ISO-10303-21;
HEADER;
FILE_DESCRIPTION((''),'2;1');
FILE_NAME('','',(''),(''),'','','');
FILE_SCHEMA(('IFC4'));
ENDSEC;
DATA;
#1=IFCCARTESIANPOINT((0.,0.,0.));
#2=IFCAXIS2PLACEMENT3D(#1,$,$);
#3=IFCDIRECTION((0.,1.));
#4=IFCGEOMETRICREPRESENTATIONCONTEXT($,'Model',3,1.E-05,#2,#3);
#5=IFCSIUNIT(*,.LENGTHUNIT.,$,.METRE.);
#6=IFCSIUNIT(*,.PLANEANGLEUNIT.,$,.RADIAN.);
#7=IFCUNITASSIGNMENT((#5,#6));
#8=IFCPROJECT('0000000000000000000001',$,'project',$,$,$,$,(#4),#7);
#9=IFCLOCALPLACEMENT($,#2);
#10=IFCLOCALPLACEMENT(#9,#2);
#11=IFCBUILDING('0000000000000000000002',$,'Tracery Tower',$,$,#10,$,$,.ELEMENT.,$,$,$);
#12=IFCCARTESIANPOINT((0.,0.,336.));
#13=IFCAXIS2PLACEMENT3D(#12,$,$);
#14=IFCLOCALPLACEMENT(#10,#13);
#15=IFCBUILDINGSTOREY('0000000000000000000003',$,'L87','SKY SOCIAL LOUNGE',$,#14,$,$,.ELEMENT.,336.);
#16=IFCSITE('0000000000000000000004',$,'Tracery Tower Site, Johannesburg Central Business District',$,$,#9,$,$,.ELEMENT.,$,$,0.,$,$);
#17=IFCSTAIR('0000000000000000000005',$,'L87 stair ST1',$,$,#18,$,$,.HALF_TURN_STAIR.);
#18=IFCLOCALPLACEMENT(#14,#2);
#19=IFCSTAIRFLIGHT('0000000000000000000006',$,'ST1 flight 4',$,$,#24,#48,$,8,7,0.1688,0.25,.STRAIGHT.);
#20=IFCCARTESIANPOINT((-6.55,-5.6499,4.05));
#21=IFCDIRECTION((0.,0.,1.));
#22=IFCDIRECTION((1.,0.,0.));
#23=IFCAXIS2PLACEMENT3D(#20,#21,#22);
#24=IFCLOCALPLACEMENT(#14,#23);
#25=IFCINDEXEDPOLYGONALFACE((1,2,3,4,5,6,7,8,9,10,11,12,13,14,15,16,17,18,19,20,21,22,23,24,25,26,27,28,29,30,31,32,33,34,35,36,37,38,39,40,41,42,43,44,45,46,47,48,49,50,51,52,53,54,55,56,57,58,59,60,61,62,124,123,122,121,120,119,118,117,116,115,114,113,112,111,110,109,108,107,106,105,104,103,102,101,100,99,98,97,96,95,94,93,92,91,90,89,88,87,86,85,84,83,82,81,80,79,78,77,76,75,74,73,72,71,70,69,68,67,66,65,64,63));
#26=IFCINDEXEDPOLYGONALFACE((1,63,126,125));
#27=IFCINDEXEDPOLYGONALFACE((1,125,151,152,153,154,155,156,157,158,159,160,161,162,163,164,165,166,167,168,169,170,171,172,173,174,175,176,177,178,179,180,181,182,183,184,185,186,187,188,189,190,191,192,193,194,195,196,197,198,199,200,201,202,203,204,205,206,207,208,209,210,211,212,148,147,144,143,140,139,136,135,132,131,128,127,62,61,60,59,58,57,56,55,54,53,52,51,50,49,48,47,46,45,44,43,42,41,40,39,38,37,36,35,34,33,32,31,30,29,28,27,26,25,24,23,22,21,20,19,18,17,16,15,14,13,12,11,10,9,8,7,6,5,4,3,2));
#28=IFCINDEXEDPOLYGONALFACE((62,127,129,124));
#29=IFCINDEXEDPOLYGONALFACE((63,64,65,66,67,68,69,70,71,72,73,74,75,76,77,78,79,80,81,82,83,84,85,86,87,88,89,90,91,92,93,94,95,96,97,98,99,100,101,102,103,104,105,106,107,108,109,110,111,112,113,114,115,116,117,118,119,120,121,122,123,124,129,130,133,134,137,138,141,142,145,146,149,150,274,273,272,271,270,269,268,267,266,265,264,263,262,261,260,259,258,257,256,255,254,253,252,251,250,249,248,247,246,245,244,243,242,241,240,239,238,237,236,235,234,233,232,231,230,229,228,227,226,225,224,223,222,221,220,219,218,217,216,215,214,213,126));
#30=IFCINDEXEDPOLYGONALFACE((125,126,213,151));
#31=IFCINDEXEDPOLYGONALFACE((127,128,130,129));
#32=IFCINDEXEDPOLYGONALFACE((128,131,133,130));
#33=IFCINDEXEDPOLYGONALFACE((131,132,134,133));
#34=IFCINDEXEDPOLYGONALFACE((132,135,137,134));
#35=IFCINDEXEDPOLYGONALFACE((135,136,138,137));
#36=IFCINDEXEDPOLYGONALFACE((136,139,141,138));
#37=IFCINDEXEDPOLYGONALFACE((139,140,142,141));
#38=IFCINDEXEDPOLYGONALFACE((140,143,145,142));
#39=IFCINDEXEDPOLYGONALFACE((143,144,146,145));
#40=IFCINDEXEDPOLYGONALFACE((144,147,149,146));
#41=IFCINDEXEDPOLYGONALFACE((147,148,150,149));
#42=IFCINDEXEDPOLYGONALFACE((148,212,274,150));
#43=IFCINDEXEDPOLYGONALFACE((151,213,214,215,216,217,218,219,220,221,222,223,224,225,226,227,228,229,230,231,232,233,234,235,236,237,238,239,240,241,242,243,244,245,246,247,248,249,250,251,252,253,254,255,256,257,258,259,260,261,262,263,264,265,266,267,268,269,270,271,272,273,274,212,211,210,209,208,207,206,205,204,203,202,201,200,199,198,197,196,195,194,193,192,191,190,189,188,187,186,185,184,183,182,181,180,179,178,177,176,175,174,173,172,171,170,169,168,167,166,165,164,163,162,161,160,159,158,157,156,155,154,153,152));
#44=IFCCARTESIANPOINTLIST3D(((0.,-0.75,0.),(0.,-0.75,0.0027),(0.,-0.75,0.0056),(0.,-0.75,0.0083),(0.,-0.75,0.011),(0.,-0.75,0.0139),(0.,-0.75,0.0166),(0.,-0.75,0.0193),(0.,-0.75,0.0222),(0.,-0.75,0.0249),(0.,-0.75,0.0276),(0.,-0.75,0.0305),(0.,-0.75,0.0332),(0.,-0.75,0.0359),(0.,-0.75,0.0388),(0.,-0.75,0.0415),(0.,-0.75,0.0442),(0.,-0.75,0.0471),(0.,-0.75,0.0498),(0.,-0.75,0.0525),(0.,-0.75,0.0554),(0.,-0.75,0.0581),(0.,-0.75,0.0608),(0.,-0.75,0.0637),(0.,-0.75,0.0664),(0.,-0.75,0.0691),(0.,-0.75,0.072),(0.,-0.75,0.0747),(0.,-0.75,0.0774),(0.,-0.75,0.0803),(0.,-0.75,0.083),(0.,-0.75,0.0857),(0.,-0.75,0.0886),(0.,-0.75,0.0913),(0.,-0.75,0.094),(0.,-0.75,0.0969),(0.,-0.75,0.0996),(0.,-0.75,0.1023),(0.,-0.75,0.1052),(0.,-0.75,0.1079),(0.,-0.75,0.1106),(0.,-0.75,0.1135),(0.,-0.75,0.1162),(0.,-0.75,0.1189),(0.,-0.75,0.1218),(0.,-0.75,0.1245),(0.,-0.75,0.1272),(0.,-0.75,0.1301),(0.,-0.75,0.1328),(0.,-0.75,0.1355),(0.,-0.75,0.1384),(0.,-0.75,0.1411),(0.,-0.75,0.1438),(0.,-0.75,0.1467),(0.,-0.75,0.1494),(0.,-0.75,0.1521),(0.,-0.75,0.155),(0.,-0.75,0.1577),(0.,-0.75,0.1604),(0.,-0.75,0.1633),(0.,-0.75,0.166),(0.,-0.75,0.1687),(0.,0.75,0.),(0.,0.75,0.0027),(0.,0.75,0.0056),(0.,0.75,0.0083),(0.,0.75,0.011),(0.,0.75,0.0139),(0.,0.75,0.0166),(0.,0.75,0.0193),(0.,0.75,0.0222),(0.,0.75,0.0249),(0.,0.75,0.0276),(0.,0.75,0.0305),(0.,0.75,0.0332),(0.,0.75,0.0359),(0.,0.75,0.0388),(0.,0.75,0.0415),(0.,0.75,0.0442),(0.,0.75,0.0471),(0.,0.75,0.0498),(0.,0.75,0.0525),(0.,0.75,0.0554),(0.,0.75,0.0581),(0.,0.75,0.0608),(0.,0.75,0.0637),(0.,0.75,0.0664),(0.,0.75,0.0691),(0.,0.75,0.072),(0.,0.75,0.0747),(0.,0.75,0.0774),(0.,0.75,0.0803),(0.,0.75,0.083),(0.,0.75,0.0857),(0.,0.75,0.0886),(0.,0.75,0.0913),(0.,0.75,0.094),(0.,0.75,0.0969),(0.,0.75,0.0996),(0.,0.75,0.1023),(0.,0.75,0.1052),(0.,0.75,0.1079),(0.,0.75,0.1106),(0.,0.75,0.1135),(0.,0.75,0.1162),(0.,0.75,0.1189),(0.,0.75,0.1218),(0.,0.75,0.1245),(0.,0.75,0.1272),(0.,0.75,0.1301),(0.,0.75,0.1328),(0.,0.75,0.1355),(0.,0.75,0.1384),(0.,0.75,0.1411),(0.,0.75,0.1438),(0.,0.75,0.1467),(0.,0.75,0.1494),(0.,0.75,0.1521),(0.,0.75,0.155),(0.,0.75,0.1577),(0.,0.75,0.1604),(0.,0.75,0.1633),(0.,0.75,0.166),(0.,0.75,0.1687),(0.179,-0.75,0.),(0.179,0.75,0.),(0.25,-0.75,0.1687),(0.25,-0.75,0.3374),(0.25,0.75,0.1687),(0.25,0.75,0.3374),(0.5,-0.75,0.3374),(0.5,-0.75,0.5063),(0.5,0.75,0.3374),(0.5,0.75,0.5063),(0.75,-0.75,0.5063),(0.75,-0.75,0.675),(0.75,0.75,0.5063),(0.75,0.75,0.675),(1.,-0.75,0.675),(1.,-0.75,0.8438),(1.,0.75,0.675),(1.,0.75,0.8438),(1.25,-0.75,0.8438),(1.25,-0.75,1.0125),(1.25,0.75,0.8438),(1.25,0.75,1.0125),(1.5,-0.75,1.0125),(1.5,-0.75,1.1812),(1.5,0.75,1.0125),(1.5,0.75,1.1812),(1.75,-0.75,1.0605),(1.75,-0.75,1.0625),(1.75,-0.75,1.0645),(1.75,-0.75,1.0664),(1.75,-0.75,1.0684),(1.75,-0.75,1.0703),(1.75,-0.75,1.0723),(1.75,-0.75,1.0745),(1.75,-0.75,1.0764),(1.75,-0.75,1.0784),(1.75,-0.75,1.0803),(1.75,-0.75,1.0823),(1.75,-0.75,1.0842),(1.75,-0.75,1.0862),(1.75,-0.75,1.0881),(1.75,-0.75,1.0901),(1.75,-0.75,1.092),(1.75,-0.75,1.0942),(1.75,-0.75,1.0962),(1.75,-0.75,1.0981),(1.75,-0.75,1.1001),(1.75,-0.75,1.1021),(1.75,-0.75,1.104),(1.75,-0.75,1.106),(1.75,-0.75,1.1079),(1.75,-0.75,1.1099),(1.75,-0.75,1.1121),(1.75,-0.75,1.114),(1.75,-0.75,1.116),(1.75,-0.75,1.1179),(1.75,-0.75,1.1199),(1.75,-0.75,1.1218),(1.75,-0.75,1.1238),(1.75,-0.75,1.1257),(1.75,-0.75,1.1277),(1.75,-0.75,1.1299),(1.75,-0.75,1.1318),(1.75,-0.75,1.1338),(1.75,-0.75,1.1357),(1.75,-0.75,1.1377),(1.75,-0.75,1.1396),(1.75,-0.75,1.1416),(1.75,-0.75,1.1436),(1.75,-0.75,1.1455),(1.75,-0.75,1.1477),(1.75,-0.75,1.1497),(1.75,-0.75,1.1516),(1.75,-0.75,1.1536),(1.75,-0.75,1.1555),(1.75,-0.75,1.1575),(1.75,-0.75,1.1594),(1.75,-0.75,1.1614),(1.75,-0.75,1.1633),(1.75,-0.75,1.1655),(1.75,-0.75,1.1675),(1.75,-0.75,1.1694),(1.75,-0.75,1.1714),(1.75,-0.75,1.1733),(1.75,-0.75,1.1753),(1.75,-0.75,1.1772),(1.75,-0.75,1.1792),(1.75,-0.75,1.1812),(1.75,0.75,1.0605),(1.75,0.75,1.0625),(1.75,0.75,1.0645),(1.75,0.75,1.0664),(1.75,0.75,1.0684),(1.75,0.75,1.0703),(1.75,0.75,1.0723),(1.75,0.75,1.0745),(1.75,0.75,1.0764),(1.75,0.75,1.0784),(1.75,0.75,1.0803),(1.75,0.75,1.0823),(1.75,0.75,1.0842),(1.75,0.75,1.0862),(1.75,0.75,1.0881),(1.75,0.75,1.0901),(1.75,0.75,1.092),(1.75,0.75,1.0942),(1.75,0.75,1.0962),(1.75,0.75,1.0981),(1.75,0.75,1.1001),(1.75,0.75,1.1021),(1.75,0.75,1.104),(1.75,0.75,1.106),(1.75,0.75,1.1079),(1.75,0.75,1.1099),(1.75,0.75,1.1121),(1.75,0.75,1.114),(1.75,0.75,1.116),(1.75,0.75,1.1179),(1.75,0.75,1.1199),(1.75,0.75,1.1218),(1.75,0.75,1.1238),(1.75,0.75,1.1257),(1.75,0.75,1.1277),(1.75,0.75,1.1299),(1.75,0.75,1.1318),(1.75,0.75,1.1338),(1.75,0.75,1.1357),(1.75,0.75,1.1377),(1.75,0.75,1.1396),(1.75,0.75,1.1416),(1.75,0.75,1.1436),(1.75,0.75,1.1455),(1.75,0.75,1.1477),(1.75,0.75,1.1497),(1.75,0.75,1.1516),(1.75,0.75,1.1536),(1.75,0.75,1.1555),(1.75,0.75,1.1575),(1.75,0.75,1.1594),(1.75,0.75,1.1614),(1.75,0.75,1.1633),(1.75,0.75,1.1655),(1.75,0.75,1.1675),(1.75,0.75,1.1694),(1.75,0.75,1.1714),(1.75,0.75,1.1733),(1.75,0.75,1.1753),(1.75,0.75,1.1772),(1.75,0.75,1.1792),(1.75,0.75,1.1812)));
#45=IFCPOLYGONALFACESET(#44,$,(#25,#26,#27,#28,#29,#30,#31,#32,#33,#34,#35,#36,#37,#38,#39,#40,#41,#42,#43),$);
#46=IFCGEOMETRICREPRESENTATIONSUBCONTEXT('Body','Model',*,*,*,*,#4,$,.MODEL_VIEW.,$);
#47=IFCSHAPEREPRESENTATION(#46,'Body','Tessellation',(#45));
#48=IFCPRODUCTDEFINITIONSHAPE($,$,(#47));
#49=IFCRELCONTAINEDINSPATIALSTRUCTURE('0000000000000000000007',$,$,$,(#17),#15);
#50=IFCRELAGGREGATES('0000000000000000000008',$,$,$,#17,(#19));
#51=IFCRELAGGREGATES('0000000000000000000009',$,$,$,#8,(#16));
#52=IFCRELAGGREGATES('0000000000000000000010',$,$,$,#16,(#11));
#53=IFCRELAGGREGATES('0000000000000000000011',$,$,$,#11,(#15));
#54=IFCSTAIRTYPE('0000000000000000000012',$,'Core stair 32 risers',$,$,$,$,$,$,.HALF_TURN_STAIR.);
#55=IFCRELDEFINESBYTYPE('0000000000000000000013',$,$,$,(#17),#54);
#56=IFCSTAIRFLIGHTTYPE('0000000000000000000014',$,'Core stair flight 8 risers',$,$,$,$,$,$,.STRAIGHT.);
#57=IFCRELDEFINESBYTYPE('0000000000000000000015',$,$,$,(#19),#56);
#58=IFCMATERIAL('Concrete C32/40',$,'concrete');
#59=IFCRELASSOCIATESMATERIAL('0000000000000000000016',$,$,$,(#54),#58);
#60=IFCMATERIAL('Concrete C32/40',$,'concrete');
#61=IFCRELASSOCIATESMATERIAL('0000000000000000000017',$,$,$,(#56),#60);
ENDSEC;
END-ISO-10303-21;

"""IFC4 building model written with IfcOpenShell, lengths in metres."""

from ifc_helpers import new_model, si_unit, direction, frame, origin, place, context, subcontext, project, spatial, polyline, outline, extrude, material, type_object, element, aggregate, save


model = new_model("IFC4")

# Units and contexts
model_context = context("Model", 3, precision=1e-05, world=origin(), true_north=direction((0.0, 1.0)))
body_context = subcontext(model_context, "Body", "Model", "MODEL_VIEW")
ifc_project = project(units=[si_unit("LENGTHUNIT", "METRE"), si_unit("PLANEANGLEUNIT", "RADIAN")], contexts=[model_context])

# Site, building, storey
site_placement = place(None, origin())
site = spatial("IfcSite", under=ifc_project, at=site_placement, Name="Tracery Tower Site, Johannesburg Central Business District", CompositionType="ELEMENT", RefElevation=0.0)
building_placement = place(site_placement, origin())
building = spatial("IfcBuilding", under=site, at=building_placement, Name="Tracery Tower", CompositionType="ELEMENT")
storey_placement = place(building_placement, frame((0.0, 0.0, 336.0)))
storey = spatial("IfcBuildingStorey", under=building, at=storey_placement, Name="L87", Description="SKY SOCIAL LOUNGE", CompositionType="ELEMENT", Elevation=336.0)

# Stair, stair flight
ifc_material_1 = material(Name="Concrete C32/40", Category="concrete")
stair_type = type_object("IfcStairType", Name="Core stair 32 risers", PredefinedType="HALF_TURN_STAIR", material=ifc_material_1)
stair_placement = place(storey_placement, origin())
stair = element("IfcStair", 1, at=stair_placement, inside=storey, type_object=stair_type, Name="L87 stair ST1", PredefinedType="HALF_TURN_STAIR")
ifc_material_2 = material(Name="Concrete C32/40", Category="concrete")
stair_flight_type = type_object("IfcStairFlightType", Name="Core stair flight 8 risers", PredefinedType="STRAIGHT", material=ifc_material_2)
stair_flight_1_placement = place(storey_placement, frame((-6.55, -5.6499, 4.05), z_axis=(0.0, 0.0, 1.0), x_axis=(1.0, 0.0, 0.0)))
stair_flight_1 = element("IfcStairFlight", 2, at=stair_flight_1_placement, type_object=stair_flight_type, Name="ST1 flight 4", NumberOfRisers=8, NumberOfTreads=7, PredefinedType="STRAIGHT", RiserHeight=0.1688, TreadLength=0.25, context=body_context, shape_type="SweptSolid", body=[
    extrude(outline(polyline([(0.0, 0.0), (0.0, 0.0027), (0.0, 0.0056), (0.0, 0.0083), (0.0, 0.011), (0.0, 0.0139), (0.0, 0.0166), (0.0, 0.0193), (0.0, 0.0222), (0.0, 0.0249), (0.0, 0.0276), (0.0, 0.0305), (0.0, 0.0332), (0.0, 0.0359), (0.0, 0.0388), (0.0, 0.0415), (0.0, 0.0442), (0.0, 0.0471), (0.0, 0.0498), (0.0, 0.0525), (0.0, 0.0554), (0.0, 0.0581), (0.0, 0.0608), (0.0, 0.0637), (0.0, 0.0664), (0.0, 0.0691), (0.0, 0.072), (0.0, 0.0747), (0.0, 0.0774), (0.0, 0.0803), (0.0, 0.083), (0.0, 0.0857), (0.0, 0.0886), (0.0, 0.0913), (0.0, 0.094), (0.0, 0.0969), (0.0, 0.0996), (0.0, 0.1023), (0.0, 0.1052), (0.0, 0.1079), (0.0, 0.1106), (0.0, 0.1135), (0.0, 0.1162), (0.0, 0.1189), (0.0, 0.1218), (0.0, 0.1245), (0.0, 0.1272), (0.0, 0.1301), (0.0, 0.1328), (0.0, 0.1355), (0.0, 0.1384), (0.0, 0.1411), (0.0, 0.1438), (0.0, 0.1467), (0.0, 0.1494), (0.0, 0.1521), (0.0, 0.155), (0.0, 0.1577), (0.0, 0.1604), (0.0, 0.1633), (0.0, 0.166), (0.0, 0.1687), (0.25, 0.1687), (0.25, 0.3374), (0.5, 0.3374), (0.5, 0.5063), (0.75, 0.5063), (0.75, 0.675), (1.0, 0.675), (1.0, 0.8438), (1.25, 0.8438), (1.25, 1.0125), (1.5, 1.0125), (1.5, 1.1812), (1.75, 1.1812), (1.75, 1.1792), (1.75, 1.1772), (1.75, 1.1753), (1.75, 1.1733), (1.75, 1.1714), (1.75, 1.1694), (1.75, 1.1675), (1.75, 1.1655), (1.75, 1.1633), (1.75, 1.1614), (1.75, 1.1594), (1.75, 1.1575), (1.75, 1.1555), (1.75, 1.1536), (1.75, 1.1516), (1.75, 1.1497), (1.75, 1.1477), (1.75, 1.1455), (1.75, 1.1436), (1.75, 1.1416), (1.75, 1.1396), (1.75, 1.1377), (1.75, 1.1357), (1.75, 1.1338), (1.75, 1.1318), (1.75, 1.1299), (1.75, 1.1277), (1.75, 1.1257), (1.75, 1.1238), (1.75, 1.1218), (1.75, 1.1199), (1.75, 1.1179), (1.75, 1.116), (1.75, 1.114), (1.75, 1.1121), (1.75, 1.1099), (1.75, 1.1079), (1.75, 1.106), (1.75, 1.104), (1.75, 1.1021), (1.75, 1.1001), (1.75, 1.0981), (1.75, 1.0962), (1.75, 1.0942), (1.75, 1.092), (1.75, 1.0901), (1.75, 1.0881), (1.75, 1.0862), (1.75, 1.0842), (1.75, 1.0823), (1.75, 1.0803), (1.75, 1.0784), (1.75, 1.0764), (1.75, 1.0745), (1.75, 1.0723), (1.75, 1.0703), (1.75, 1.0684), (1.75, 1.0664), (1.75, 1.0645), (1.75, 1.0625), (1.75, 1.0605), (0.179, 0.0), (0.0, 0.0)])), frame((0.0, 0.75, 0.0), z_axis=(0.0, -1.0, 0.0), x_axis=(1.0, 0.0, 0.0)), (0.0, 0.0, 1.0), 1.5),
])
aggregate(stair, [stair_flight_1])

save(model, "model.ifc")
